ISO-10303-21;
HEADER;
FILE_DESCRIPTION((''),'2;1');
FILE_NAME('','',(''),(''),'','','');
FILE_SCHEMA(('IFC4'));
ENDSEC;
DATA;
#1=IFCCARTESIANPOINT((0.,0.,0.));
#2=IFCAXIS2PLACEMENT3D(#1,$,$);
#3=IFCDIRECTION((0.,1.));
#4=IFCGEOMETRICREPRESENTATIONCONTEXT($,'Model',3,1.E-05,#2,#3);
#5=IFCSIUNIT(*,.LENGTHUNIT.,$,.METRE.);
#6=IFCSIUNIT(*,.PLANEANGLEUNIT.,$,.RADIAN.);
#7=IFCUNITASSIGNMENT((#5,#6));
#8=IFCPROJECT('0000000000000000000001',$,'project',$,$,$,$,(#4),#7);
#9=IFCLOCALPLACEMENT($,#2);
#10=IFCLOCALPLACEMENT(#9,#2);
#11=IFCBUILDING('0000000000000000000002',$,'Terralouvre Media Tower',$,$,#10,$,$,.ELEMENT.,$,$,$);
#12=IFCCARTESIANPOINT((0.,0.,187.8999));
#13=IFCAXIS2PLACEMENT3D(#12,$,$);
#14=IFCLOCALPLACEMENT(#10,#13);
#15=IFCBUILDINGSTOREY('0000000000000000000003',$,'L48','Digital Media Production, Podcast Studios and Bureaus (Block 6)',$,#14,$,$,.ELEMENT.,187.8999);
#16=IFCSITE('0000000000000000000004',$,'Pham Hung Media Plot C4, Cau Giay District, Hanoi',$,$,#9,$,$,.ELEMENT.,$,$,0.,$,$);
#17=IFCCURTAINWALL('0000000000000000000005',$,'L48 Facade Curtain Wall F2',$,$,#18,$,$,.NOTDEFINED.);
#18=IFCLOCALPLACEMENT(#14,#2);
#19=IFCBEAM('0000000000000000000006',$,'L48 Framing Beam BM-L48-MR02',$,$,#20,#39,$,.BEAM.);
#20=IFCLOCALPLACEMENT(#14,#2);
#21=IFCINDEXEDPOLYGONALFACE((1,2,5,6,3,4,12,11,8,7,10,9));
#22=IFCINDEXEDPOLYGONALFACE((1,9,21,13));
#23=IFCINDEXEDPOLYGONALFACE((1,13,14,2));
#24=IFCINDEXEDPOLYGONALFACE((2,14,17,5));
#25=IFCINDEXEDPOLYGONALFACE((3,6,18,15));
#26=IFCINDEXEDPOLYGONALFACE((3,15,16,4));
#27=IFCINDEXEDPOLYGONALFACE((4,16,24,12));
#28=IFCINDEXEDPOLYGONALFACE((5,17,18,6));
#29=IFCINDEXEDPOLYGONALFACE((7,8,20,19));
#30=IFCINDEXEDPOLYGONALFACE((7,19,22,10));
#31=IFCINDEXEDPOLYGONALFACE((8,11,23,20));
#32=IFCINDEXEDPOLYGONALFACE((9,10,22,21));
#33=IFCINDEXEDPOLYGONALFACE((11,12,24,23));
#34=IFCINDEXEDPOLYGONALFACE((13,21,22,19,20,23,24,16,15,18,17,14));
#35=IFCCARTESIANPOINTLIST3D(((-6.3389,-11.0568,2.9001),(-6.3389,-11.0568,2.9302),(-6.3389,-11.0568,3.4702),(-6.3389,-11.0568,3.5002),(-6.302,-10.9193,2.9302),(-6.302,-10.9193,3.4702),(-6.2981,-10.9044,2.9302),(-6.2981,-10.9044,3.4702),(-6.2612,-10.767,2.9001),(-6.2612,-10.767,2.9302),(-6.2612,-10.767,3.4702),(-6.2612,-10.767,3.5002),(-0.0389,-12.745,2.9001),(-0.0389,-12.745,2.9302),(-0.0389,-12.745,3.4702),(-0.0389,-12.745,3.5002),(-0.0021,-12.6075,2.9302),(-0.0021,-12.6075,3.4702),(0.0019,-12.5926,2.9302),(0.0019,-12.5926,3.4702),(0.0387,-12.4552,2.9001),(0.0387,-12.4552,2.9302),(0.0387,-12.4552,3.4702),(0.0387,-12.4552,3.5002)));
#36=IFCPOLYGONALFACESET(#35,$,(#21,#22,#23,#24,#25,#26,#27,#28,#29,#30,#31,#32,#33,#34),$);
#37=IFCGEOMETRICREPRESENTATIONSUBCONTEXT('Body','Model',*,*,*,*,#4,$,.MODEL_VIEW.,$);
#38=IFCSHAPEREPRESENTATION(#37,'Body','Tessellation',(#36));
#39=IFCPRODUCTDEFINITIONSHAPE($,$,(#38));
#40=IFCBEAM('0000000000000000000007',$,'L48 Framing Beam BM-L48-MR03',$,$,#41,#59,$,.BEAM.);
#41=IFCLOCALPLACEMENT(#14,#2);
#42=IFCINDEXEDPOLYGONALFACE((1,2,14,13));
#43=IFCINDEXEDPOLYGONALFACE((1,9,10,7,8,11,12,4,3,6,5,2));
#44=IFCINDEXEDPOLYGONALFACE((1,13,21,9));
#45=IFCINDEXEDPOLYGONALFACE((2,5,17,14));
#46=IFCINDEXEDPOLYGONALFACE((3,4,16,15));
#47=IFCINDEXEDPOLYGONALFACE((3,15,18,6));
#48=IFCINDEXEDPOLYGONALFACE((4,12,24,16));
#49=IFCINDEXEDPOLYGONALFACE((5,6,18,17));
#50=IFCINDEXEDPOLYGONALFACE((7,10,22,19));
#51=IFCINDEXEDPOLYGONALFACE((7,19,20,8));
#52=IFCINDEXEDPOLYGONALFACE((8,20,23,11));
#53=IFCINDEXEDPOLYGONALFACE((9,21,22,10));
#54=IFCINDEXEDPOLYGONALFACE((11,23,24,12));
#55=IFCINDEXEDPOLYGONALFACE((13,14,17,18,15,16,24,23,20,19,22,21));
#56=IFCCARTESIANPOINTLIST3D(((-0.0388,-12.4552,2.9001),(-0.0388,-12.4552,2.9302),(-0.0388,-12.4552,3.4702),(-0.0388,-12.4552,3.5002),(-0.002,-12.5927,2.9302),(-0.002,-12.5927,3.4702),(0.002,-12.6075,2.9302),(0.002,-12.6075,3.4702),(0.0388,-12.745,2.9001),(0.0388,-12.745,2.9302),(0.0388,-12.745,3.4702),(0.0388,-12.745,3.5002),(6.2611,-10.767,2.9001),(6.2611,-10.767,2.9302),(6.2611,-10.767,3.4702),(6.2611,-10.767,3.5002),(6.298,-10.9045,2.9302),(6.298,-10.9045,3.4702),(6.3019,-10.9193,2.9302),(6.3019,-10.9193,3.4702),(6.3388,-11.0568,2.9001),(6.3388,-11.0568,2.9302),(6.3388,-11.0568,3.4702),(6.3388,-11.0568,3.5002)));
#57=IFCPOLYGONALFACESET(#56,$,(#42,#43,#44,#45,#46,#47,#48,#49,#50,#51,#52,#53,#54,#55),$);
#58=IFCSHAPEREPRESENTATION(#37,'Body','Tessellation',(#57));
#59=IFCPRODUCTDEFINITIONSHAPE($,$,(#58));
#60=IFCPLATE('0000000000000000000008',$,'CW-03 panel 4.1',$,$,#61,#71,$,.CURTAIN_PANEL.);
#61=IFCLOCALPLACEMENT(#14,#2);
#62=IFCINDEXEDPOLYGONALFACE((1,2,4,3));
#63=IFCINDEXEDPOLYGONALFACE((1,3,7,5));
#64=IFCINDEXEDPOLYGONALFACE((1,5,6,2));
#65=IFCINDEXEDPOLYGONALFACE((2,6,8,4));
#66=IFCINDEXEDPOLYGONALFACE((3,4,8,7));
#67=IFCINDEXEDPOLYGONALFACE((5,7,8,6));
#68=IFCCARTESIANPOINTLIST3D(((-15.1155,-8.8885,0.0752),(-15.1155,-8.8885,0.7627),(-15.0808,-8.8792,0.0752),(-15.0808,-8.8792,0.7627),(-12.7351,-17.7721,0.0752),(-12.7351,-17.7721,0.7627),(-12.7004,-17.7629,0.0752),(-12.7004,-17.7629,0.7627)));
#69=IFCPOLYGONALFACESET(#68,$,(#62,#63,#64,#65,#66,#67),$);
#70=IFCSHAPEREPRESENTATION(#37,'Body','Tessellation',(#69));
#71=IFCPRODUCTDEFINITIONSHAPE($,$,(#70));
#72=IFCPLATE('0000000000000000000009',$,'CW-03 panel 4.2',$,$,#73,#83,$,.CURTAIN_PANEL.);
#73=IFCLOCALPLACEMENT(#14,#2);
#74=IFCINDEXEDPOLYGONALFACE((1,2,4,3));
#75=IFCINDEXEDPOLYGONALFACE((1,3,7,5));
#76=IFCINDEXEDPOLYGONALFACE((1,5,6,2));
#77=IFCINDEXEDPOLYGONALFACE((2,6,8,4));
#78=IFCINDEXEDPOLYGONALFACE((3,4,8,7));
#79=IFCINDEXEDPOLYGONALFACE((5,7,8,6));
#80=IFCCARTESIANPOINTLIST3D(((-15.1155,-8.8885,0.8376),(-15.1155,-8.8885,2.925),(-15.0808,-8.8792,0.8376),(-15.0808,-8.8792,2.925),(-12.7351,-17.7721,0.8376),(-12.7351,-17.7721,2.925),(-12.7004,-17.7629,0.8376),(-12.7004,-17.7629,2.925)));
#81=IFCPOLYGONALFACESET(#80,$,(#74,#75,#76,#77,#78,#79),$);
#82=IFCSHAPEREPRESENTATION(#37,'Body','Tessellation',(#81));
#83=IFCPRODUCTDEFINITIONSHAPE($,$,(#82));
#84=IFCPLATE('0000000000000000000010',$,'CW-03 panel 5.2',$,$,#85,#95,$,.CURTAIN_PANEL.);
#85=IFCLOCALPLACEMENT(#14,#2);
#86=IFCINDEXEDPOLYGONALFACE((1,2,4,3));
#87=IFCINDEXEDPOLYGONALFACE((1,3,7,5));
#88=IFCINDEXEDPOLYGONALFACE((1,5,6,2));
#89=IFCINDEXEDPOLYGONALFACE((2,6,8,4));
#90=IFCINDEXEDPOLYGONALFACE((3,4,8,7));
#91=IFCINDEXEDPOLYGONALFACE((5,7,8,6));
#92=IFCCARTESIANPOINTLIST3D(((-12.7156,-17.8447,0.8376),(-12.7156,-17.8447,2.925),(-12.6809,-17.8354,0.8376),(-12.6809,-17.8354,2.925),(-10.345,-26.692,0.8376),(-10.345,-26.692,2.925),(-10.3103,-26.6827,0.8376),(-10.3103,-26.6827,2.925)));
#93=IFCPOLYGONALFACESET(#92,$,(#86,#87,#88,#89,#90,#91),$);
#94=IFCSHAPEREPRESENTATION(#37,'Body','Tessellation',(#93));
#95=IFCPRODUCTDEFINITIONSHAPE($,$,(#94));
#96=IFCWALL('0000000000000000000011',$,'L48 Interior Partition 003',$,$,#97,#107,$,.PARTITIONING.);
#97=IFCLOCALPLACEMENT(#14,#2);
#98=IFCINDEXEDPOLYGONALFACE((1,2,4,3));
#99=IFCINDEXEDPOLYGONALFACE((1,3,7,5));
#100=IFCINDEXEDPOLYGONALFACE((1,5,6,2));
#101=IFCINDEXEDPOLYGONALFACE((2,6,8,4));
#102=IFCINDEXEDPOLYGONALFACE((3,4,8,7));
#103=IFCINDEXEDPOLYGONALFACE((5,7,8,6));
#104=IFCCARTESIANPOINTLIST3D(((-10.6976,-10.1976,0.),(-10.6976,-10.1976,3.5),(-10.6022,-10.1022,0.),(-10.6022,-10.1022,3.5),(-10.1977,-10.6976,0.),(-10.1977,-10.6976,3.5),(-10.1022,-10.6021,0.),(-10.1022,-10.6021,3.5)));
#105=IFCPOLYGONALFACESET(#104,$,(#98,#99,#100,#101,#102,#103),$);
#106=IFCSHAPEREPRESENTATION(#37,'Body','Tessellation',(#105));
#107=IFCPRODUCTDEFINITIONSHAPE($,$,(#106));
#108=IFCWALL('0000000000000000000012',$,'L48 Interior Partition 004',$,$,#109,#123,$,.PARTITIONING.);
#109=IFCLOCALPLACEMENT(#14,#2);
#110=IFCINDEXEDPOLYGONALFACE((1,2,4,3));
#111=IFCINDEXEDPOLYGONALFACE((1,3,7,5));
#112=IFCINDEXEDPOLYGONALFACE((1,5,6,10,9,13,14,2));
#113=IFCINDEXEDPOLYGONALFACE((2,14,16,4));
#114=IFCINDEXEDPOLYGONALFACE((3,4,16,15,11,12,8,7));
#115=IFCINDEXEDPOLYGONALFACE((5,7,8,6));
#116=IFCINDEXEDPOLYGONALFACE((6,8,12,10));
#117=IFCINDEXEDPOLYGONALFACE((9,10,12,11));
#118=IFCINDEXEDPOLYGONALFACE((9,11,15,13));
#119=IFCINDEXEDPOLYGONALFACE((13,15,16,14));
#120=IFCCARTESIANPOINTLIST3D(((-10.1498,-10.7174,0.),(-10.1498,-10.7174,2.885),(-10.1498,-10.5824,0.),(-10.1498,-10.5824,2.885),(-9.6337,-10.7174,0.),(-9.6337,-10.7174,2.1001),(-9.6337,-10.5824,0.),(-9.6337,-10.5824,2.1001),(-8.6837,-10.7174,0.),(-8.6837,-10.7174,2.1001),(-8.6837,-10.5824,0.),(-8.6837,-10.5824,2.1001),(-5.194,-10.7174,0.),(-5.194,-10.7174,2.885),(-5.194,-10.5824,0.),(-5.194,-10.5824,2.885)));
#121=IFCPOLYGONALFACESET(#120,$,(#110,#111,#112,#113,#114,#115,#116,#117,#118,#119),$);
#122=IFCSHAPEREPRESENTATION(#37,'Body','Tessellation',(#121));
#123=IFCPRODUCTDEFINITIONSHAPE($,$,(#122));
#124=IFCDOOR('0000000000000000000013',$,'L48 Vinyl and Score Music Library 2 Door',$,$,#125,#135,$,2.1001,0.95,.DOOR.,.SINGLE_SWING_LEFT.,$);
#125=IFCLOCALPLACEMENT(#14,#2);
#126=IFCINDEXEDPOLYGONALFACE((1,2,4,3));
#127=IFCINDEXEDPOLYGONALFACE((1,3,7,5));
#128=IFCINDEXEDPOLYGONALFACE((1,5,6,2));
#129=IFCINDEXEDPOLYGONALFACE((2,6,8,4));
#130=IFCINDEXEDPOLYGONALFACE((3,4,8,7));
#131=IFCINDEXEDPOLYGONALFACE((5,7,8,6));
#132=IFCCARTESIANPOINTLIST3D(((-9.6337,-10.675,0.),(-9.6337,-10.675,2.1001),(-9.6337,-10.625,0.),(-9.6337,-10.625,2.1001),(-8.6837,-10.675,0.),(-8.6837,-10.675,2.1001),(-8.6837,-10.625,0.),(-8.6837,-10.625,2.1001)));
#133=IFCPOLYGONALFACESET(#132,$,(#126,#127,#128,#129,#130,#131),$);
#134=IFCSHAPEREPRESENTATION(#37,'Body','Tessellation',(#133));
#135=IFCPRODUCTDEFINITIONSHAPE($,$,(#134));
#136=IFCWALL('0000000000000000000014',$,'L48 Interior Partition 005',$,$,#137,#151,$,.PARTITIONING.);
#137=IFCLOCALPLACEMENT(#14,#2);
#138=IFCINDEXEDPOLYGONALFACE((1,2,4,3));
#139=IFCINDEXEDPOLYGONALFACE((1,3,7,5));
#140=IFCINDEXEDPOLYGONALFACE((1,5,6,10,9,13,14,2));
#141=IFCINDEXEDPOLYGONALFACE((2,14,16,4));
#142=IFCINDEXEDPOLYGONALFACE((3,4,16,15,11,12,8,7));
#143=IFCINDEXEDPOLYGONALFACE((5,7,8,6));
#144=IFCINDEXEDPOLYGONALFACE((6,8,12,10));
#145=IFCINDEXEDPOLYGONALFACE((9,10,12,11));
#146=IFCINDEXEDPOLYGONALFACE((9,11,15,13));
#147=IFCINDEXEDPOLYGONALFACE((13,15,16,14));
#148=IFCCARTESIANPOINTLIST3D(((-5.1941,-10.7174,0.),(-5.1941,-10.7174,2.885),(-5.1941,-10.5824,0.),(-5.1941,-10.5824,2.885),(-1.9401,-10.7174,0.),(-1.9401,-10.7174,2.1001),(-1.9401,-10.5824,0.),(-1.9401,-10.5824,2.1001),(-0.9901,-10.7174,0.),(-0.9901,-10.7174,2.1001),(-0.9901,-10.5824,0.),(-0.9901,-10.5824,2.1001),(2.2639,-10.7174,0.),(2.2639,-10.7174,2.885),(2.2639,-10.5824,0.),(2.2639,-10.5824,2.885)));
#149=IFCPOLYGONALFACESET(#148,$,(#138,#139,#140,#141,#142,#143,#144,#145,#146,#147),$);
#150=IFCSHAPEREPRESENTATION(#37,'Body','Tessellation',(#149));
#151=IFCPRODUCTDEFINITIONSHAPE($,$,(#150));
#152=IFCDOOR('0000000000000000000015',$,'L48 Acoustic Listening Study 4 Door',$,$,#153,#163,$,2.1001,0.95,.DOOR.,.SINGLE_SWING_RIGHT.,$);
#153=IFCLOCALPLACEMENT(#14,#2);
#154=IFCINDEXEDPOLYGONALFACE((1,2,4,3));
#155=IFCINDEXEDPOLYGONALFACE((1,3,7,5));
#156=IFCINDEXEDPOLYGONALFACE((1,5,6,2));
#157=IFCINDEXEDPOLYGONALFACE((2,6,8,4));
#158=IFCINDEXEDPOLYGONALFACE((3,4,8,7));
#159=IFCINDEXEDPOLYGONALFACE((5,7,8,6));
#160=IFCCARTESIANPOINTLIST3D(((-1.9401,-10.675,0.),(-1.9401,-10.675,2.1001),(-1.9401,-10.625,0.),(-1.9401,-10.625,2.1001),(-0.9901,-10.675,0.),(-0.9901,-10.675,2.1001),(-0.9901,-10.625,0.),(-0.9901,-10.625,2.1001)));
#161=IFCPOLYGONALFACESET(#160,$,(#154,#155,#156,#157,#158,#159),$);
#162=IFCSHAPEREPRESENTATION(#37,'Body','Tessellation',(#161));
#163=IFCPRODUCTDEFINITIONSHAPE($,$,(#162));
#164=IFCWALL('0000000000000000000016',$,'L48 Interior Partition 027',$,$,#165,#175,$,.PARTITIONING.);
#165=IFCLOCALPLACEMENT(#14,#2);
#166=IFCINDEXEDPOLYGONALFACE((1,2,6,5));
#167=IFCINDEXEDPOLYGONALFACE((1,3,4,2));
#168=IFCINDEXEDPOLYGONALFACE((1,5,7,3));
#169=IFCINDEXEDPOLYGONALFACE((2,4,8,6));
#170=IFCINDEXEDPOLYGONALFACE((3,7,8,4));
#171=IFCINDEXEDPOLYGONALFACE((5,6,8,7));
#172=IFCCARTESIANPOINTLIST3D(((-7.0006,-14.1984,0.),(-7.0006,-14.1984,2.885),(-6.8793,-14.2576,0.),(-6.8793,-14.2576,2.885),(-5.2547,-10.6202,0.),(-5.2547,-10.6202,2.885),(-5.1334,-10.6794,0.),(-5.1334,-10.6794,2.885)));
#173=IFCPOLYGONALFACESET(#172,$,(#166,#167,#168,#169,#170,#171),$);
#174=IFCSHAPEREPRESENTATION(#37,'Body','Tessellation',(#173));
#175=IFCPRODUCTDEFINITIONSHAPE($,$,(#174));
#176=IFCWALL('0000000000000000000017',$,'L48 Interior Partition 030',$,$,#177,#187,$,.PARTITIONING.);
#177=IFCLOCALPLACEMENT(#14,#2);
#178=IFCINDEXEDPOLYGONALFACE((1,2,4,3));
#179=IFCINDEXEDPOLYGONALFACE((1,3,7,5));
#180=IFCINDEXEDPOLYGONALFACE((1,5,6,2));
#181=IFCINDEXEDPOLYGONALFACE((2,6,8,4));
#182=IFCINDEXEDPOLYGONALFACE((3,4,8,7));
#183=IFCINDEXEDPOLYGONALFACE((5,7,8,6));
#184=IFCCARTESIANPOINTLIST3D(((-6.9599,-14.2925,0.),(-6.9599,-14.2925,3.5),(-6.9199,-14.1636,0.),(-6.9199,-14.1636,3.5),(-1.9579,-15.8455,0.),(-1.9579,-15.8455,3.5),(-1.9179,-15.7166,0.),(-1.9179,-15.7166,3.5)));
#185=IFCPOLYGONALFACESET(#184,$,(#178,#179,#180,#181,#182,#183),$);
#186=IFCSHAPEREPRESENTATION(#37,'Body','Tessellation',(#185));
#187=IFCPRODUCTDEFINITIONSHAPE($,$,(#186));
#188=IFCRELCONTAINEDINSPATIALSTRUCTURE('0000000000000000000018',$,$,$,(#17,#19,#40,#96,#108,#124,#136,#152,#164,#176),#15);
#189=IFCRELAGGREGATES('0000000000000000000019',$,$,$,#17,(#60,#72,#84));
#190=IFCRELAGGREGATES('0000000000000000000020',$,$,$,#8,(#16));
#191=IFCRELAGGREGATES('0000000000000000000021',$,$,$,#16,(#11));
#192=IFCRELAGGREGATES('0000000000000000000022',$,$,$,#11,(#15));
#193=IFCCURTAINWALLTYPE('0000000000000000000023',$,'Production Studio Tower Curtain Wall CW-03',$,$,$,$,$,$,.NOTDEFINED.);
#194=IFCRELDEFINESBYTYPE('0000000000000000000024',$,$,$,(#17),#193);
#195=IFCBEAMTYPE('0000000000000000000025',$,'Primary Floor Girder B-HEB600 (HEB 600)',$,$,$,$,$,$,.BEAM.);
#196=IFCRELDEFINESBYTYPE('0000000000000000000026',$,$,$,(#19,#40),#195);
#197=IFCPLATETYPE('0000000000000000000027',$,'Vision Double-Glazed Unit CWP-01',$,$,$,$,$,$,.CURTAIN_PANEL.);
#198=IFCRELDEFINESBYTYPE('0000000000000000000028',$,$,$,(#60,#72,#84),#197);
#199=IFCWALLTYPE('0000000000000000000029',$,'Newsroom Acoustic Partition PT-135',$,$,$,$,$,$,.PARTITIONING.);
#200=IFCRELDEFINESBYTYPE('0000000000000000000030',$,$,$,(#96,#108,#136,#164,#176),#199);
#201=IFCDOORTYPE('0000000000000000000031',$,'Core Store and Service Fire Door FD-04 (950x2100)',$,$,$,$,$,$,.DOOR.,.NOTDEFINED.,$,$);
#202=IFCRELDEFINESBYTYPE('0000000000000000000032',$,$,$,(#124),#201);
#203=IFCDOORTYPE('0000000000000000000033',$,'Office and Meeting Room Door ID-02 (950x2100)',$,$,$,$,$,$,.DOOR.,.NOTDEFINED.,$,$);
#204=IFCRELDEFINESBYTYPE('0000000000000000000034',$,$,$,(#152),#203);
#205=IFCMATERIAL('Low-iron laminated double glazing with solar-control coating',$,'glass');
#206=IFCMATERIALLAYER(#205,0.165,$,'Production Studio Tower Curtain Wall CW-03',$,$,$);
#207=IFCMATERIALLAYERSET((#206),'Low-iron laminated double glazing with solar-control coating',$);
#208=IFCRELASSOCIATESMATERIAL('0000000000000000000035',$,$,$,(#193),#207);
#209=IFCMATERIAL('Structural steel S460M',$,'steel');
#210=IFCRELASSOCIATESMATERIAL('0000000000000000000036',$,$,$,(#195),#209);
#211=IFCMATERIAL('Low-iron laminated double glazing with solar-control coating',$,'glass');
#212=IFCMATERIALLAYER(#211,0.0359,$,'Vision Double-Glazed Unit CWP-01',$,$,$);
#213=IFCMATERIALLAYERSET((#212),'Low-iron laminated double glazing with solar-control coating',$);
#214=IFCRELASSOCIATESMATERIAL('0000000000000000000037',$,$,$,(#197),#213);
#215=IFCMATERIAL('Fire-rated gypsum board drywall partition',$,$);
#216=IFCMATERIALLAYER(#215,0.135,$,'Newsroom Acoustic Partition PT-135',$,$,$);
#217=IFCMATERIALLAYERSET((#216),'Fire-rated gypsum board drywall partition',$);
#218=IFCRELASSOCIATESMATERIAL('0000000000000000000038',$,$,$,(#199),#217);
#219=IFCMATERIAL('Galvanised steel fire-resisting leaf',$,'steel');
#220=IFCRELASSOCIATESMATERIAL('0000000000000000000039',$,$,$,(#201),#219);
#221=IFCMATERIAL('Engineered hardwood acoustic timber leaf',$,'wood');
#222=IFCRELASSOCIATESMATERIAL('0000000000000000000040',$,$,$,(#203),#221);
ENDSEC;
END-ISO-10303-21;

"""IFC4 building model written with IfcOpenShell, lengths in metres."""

from ifc_helpers import new_model, si_unit, direction, frame, frame_2d, origin, origin_2d, place, context, subcontext, project, spatial, rectangle, i_section, extrude, material, layer, layer_set, material_profile, profile_set, type_object, element, fill, aggregate, save


model = new_model("IFC4")

# Units and contexts
model_context = context("Model", 3, precision=1e-05, world=origin(), true_north=direction((0.0, 1.0)))
body_context = subcontext(model_context, "Body", "Model", "MODEL_VIEW")
ifc_project = project(units=[si_unit("LENGTHUNIT", "METRE"), si_unit("PLANEANGLEUNIT", "RADIAN")], contexts=[model_context])

# Site, building, storey
site_placement = place(None, origin())
site = spatial("IfcSite", under=ifc_project, at=site_placement, Name="Pham Hung Media Plot C4, Cau Giay District, Hanoi", CompositionType="ELEMENT", RefElevation=0.0)
building_placement = place(site_placement, origin())
building = spatial("IfcBuilding", under=site, at=building_placement, Name="Terralouvre Media Tower", CompositionType="ELEMENT")
storey_placement = place(building_placement, frame((0.0, 0.0, 187.8999)))
storey = spatial("IfcBuildingStorey", under=building, at=storey_placement, Name="L48", Description="Digital Media Production, Podcast Studios and Bureaus (Block 6)", CompositionType="ELEMENT", Elevation=187.8999)

# Curtain wall
ifc_material_1 = material(Name="Low-iron laminated double glazing with solar-control coating", Category="glass")
ifc_layer_1 = layer(ifc_material_1, 0.165, Name="Production Studio Tower Curtain Wall CW-03")
ifc_layer_set_1 = layer_set([ifc_layer_1], Name="Low-iron laminated double glazing with solar-control coating")
curtain_wall_type = type_object("IfcCurtainWallType", Name="Production Studio Tower Curtain Wall CW-03", PredefinedType="NOTDEFINED", material=ifc_layer_set_1)
curtain_wall_placement = place(storey_placement, origin())
curtain_wall = element("IfcCurtainWall", 1, at=curtain_wall_placement, inside=storey, type_object=curtain_wall_type, Name="L48 Facade Curtain Wall F2", PredefinedType="NOTDEFINED")

# Beams
ifc_material_2 = material(Name="Structural steel S460M", Category="steel")
ifc_material_profile_1 = material_profile(ifc_material_2, i_section(OverallWidth=0.3, OverallDepth=0.6001, WebThickness=0.0154, FlangeThickness=0.03, at=origin_2d()), Name="HEB 600")
ifc_profile_set_1 = profile_set([ifc_material_profile_1], Name="Structural steel S460M")
beam_type_1 = type_object("IfcBeamType", Name="Primary Floor Girder B-HEB600 (HEB 600)", PredefinedType="BEAM", material=ifc_profile_set_1)
for number, where, z_axis, x_axis, name in (
    (2, (-6.3, -10.9119, 3.2002), (0.96592, -0.258839, 0.0), (0.258839, 0.96592, 0.0), "L48 Framing Beam BM-L48-MR02"),
    (3, (0.0, -12.6001, 3.2002), (0.96592, 0.258839, 0.0), (-0.258839, 0.96592, 0.0), "L48 Framing Beam BM-L48-MR03"),
):
    element("IfcBeam", number, at=place(storey_placement, frame(where, z_axis=z_axis, x_axis=x_axis)), inside=storey, type_object=beam_type_1, Name=name, PredefinedType="BEAM", context=body_context, shape_type="SweptSolid", body=[
        extrude(i_section(OverallWidth=0.3, OverallDepth=0.6001, WebThickness=0.0154, FlangeThickness=0.03, at=origin_2d()), origin(), (0.0, 0.0, 1.0), 6.5222),
    ])

# Plates
ifc_material_3 = material(Name="Low-iron laminated double glazing with solar-control coating", Category="glass")
ifc_layer_2 = layer(ifc_material_3, 0.0359, Name="Vision Double-Glazed Unit CWP-01")
ifc_layer_set_2 = layer_set([ifc_layer_2], Name="Low-iron laminated double glazing with solar-control coating")
plate_type = type_object("IfcPlateType", Name="Vision Double-Glazed Unit CWP-01", PredefinedType="CURTAIN_PANEL", material=ifc_layer_set_2)
plate_1_placement = place(storey_placement, frame((-13.908, -13.3257, 0.0752), z_axis=(0.0, 0.0, 1.0), x_axis=(0.258819, -0.965926, 0.0)))
plate_1 = element("IfcPlate", 4, at=plate_1_placement, type_object=plate_type, Name="CW-03 panel 4.1", PredefinedType="CURTAIN_PANEL", context=body_context, shape_type="SweptSolid", body=[
    extrude(rectangle(XDim=9.197, YDim=0.0359, at=origin_2d()), origin(), (0.0, 0.0, 1.0), 0.6875),
])
plate_2_placement = place(storey_placement, frame((-13.908, -13.3257, 0.8376), z_axis=(0.0, 0.0, 1.0), x_axis=(0.258819, -0.965926, 0.0)))
plate_2 = element("IfcPlate", 5, at=plate_2_placement, type_object=plate_type, Name="CW-03 panel 4.2", PredefinedType="CURTAIN_PANEL", context=body_context, shape_type="SweptSolid", body=[
    extrude(rectangle(XDim=9.197, YDim=0.0359, at=origin_2d()), origin(), (0.0, 0.0, 1.0), 2.0874),
])
plate_3_placement = place(storey_placement, frame((-11.5129, -22.2637, 0.8376), z_axis=(0.0, 0.0, 1.0), x_axis=(0.258819, -0.965926, 0.0)))
plate_3 = element("IfcPlate", 6, at=plate_3_placement, type_object=plate_type, Name="CW-03 panel 5.2", PredefinedType="CURTAIN_PANEL", context=body_context, shape_type="SweptSolid", body=[
    extrude(rectangle(XDim=9.1594, YDim=0.0359, at=origin_2d()), origin(), (0.0, 0.0, 1.0), 2.0874),
])
aggregate(curtain_wall, [plate_1, plate_2, plate_3])

# Wall
ifc_material_4 = material(Name="Fire-rated gypsum board drywall partition")
ifc_layer_3 = layer(ifc_material_4, 0.135, Name="Newsroom Acoustic Partition PT-135")
ifc_layer_set_3 = layer_set([ifc_layer_3], Name="Fire-rated gypsum board drywall partition")
wall_type = type_object("IfcWallType", Name="Newsroom Acoustic Partition PT-135", PredefinedType="PARTITIONING", material=ifc_layer_set_3)
wall_1_placement = place(storey_placement, frame((-10.6499, -10.1499, 0.0), z_axis=(0.0, 0.0, 1.0), x_axis=(0.707107, -0.707107, 0.0)))
element("IfcWall", 7, at=wall_1_placement, inside=storey, type_object=wall_type, Name="L48 Interior Partition 003", PredefinedType="PARTITIONING", context=body_context, shape_type="SweptSolid", body=[
    extrude(rectangle(XDim=0.707, YDim=0.135, at=frame_2d((0.3535, 0.0))), origin(), (0.0, 0.0, 1.0), 3.5),
])

# Walls, openings, doors
wall_2_placement = place(storey_placement, frame((-10.1499, -10.6499, 0.0), z_axis=(0.0, 0.0, 1.0), x_axis=(1.0, 0.0, 0.0)))
wall_2 = element("IfcWall", 8, at=wall_2_placement, inside=storey, type_object=wall_type, Name="L48 Interior Partition 004", PredefinedType="PARTITIONING", context=body_context, shape_type="SweptSolid", body=[
    extrude(rectangle(XDim=4.9558, YDim=0.135, at=frame_2d((2.478, 0.0))), origin(), (0.0, 0.0, 1.0), 2.885),
])
opening_1_placement = place(wall_2_placement, frame((0.5161, 0.0, 0.0)))
opening_1 = element("IfcOpeningElement", 9, at=opening_1_placement, cuts=wall_2, PredefinedType="OPENING", context=body_context, shape_type="SweptSolid", body=[
    extrude(rectangle(XDim=0.95, YDim=2.1001, at=frame_2d((0.4751, 1.05))), frame((0.0, 0.0774, 0.0), z_axis=(0.0, -1.0, 0.0), x_axis=(1.0, 0.0, 0.0)), (0.0, 0.0, 1.0), 0.155),
])
ifc_material_5 = material(Name="Galvanised steel fire-resisting leaf", Category="steel")
door_type_1 = type_object("IfcDoorType", Name="Core Store and Service Fire Door FD-04 (950x2100)", OperationType="NOTDEFINED", PredefinedType="DOOR", material=ifc_material_5)
door_1_placement = place(opening_1_placement, origin())
door_1 = element("IfcDoor", 10, at=door_1_placement, inside=storey, type_object=door_type_1, Name="L48 Vinyl and Score Music Library 2 Door", OperationType="SINGLE_SWING_LEFT", OverallHeight=2.1001, OverallWidth=0.95, PredefinedType="DOOR", context=body_context, shape_type="SweptSolid", body=[
    extrude(rectangle(XDim=0.95, YDim=2.1001, at=frame_2d((0.4751, 1.05))), frame((0.0, 0.0249, 0.0), z_axis=(0.0, -1.0, 0.0), x_axis=(1.0, 0.0, 0.0)), (0.0, 0.0, 1.0), 0.05),
])
fill(opening_1, door_1)
wall_3_placement = place(storey_placement, frame((-5.1941, -10.6499, 0.0), z_axis=(0.0, 0.0, 1.0), x_axis=(1.0, 0.0, 0.0)))
wall_3 = element("IfcWall", 11, at=wall_3_placement, inside=storey, type_object=wall_type, Name="L48 Interior Partition 005", PredefinedType="PARTITIONING", context=body_context, shape_type="SweptSolid", body=[
    extrude(rectangle(XDim=7.458, YDim=0.135, at=frame_2d((3.729, 0.0))), origin(), (0.0, 0.0, 1.0), 2.885),
])
opening_2_placement = place(wall_3_placement, frame((3.2539, 0.0, 0.0)))
opening_2 = element("IfcOpeningElement", 12, at=opening_2_placement, cuts=wall_3, PredefinedType="OPENING", context=body_context, shape_type="SweptSolid", body=[
    extrude(rectangle(XDim=0.95, YDim=2.1001, at=frame_2d((0.4751, 1.05))), frame((0.0, 0.0774, 0.0), z_axis=(0.0, -1.0, 0.0), x_axis=(1.0, 0.0, 0.0)), (0.0, 0.0, 1.0), 0.155),
])
ifc_material_6 = material(Name="Engineered hardwood acoustic timber leaf", Category="wood")
door_type_2 = type_object("IfcDoorType", Name="Office and Meeting Room Door ID-02 (950x2100)", OperationType="NOTDEFINED", PredefinedType="DOOR", material=ifc_material_6)
door_2_placement = place(opening_2_placement, origin())
door_2 = element("IfcDoor", 13, at=door_2_placement, inside=storey, type_object=door_type_2, Name="L48 Acoustic Listening Study 4 Door", OperationType="SINGLE_SWING_RIGHT", OverallHeight=2.1001, OverallWidth=0.95, PredefinedType="DOOR", context=body_context, shape_type="SweptSolid", body=[
    extrude(rectangle(XDim=0.95, YDim=2.1001, at=frame_2d((0.4751, 1.05))), frame((0.0, 0.0249, 0.0), z_axis=(0.0, -1.0, 0.0), x_axis=(1.0, 0.0, 0.0)), (0.0, 0.0, 1.0), 0.05),
])
fill(opening_2, door_2)

# Walls
wall_4_placement = place(storey_placement, frame((-6.9399, -14.228, 0.0), z_axis=(0.0, 0.0, 1.0), x_axis=(0.438509, 0.898727, 0.0)))
element("IfcWall", 14, at=wall_4_placement, inside=storey, type_object=wall_type, Name="L48 Interior Partition 027", PredefinedType="PARTITIONING", context=body_context, shape_type="SweptSolid", body=[
    extrude(rectangle(XDim=3.9814, YDim=0.135, at=frame_2d((1.9907, 0.0))), origin(), (0.0, 0.0, 1.0), 2.885),
])
wall_5_placement = place(storey_placement, frame((-1.938, -15.781, 0.0), z_axis=(0.0, 0.0, 1.0), x_axis=(-0.955029, 0.296512, 0.0)))
element("IfcWall", 15, at=wall_5_placement, inside=storey, type_object=wall_type, Name="L48 Interior Partition 030", PredefinedType="PARTITIONING", context=body_context, shape_type="SweptSolid", body=[
    extrude(rectangle(XDim=5.2375, YDim=0.135, at=frame_2d((2.6187, 0.0))), origin(), (0.0, 0.0, 1.0), 3.5),
])

save(model, "model.ifc")
